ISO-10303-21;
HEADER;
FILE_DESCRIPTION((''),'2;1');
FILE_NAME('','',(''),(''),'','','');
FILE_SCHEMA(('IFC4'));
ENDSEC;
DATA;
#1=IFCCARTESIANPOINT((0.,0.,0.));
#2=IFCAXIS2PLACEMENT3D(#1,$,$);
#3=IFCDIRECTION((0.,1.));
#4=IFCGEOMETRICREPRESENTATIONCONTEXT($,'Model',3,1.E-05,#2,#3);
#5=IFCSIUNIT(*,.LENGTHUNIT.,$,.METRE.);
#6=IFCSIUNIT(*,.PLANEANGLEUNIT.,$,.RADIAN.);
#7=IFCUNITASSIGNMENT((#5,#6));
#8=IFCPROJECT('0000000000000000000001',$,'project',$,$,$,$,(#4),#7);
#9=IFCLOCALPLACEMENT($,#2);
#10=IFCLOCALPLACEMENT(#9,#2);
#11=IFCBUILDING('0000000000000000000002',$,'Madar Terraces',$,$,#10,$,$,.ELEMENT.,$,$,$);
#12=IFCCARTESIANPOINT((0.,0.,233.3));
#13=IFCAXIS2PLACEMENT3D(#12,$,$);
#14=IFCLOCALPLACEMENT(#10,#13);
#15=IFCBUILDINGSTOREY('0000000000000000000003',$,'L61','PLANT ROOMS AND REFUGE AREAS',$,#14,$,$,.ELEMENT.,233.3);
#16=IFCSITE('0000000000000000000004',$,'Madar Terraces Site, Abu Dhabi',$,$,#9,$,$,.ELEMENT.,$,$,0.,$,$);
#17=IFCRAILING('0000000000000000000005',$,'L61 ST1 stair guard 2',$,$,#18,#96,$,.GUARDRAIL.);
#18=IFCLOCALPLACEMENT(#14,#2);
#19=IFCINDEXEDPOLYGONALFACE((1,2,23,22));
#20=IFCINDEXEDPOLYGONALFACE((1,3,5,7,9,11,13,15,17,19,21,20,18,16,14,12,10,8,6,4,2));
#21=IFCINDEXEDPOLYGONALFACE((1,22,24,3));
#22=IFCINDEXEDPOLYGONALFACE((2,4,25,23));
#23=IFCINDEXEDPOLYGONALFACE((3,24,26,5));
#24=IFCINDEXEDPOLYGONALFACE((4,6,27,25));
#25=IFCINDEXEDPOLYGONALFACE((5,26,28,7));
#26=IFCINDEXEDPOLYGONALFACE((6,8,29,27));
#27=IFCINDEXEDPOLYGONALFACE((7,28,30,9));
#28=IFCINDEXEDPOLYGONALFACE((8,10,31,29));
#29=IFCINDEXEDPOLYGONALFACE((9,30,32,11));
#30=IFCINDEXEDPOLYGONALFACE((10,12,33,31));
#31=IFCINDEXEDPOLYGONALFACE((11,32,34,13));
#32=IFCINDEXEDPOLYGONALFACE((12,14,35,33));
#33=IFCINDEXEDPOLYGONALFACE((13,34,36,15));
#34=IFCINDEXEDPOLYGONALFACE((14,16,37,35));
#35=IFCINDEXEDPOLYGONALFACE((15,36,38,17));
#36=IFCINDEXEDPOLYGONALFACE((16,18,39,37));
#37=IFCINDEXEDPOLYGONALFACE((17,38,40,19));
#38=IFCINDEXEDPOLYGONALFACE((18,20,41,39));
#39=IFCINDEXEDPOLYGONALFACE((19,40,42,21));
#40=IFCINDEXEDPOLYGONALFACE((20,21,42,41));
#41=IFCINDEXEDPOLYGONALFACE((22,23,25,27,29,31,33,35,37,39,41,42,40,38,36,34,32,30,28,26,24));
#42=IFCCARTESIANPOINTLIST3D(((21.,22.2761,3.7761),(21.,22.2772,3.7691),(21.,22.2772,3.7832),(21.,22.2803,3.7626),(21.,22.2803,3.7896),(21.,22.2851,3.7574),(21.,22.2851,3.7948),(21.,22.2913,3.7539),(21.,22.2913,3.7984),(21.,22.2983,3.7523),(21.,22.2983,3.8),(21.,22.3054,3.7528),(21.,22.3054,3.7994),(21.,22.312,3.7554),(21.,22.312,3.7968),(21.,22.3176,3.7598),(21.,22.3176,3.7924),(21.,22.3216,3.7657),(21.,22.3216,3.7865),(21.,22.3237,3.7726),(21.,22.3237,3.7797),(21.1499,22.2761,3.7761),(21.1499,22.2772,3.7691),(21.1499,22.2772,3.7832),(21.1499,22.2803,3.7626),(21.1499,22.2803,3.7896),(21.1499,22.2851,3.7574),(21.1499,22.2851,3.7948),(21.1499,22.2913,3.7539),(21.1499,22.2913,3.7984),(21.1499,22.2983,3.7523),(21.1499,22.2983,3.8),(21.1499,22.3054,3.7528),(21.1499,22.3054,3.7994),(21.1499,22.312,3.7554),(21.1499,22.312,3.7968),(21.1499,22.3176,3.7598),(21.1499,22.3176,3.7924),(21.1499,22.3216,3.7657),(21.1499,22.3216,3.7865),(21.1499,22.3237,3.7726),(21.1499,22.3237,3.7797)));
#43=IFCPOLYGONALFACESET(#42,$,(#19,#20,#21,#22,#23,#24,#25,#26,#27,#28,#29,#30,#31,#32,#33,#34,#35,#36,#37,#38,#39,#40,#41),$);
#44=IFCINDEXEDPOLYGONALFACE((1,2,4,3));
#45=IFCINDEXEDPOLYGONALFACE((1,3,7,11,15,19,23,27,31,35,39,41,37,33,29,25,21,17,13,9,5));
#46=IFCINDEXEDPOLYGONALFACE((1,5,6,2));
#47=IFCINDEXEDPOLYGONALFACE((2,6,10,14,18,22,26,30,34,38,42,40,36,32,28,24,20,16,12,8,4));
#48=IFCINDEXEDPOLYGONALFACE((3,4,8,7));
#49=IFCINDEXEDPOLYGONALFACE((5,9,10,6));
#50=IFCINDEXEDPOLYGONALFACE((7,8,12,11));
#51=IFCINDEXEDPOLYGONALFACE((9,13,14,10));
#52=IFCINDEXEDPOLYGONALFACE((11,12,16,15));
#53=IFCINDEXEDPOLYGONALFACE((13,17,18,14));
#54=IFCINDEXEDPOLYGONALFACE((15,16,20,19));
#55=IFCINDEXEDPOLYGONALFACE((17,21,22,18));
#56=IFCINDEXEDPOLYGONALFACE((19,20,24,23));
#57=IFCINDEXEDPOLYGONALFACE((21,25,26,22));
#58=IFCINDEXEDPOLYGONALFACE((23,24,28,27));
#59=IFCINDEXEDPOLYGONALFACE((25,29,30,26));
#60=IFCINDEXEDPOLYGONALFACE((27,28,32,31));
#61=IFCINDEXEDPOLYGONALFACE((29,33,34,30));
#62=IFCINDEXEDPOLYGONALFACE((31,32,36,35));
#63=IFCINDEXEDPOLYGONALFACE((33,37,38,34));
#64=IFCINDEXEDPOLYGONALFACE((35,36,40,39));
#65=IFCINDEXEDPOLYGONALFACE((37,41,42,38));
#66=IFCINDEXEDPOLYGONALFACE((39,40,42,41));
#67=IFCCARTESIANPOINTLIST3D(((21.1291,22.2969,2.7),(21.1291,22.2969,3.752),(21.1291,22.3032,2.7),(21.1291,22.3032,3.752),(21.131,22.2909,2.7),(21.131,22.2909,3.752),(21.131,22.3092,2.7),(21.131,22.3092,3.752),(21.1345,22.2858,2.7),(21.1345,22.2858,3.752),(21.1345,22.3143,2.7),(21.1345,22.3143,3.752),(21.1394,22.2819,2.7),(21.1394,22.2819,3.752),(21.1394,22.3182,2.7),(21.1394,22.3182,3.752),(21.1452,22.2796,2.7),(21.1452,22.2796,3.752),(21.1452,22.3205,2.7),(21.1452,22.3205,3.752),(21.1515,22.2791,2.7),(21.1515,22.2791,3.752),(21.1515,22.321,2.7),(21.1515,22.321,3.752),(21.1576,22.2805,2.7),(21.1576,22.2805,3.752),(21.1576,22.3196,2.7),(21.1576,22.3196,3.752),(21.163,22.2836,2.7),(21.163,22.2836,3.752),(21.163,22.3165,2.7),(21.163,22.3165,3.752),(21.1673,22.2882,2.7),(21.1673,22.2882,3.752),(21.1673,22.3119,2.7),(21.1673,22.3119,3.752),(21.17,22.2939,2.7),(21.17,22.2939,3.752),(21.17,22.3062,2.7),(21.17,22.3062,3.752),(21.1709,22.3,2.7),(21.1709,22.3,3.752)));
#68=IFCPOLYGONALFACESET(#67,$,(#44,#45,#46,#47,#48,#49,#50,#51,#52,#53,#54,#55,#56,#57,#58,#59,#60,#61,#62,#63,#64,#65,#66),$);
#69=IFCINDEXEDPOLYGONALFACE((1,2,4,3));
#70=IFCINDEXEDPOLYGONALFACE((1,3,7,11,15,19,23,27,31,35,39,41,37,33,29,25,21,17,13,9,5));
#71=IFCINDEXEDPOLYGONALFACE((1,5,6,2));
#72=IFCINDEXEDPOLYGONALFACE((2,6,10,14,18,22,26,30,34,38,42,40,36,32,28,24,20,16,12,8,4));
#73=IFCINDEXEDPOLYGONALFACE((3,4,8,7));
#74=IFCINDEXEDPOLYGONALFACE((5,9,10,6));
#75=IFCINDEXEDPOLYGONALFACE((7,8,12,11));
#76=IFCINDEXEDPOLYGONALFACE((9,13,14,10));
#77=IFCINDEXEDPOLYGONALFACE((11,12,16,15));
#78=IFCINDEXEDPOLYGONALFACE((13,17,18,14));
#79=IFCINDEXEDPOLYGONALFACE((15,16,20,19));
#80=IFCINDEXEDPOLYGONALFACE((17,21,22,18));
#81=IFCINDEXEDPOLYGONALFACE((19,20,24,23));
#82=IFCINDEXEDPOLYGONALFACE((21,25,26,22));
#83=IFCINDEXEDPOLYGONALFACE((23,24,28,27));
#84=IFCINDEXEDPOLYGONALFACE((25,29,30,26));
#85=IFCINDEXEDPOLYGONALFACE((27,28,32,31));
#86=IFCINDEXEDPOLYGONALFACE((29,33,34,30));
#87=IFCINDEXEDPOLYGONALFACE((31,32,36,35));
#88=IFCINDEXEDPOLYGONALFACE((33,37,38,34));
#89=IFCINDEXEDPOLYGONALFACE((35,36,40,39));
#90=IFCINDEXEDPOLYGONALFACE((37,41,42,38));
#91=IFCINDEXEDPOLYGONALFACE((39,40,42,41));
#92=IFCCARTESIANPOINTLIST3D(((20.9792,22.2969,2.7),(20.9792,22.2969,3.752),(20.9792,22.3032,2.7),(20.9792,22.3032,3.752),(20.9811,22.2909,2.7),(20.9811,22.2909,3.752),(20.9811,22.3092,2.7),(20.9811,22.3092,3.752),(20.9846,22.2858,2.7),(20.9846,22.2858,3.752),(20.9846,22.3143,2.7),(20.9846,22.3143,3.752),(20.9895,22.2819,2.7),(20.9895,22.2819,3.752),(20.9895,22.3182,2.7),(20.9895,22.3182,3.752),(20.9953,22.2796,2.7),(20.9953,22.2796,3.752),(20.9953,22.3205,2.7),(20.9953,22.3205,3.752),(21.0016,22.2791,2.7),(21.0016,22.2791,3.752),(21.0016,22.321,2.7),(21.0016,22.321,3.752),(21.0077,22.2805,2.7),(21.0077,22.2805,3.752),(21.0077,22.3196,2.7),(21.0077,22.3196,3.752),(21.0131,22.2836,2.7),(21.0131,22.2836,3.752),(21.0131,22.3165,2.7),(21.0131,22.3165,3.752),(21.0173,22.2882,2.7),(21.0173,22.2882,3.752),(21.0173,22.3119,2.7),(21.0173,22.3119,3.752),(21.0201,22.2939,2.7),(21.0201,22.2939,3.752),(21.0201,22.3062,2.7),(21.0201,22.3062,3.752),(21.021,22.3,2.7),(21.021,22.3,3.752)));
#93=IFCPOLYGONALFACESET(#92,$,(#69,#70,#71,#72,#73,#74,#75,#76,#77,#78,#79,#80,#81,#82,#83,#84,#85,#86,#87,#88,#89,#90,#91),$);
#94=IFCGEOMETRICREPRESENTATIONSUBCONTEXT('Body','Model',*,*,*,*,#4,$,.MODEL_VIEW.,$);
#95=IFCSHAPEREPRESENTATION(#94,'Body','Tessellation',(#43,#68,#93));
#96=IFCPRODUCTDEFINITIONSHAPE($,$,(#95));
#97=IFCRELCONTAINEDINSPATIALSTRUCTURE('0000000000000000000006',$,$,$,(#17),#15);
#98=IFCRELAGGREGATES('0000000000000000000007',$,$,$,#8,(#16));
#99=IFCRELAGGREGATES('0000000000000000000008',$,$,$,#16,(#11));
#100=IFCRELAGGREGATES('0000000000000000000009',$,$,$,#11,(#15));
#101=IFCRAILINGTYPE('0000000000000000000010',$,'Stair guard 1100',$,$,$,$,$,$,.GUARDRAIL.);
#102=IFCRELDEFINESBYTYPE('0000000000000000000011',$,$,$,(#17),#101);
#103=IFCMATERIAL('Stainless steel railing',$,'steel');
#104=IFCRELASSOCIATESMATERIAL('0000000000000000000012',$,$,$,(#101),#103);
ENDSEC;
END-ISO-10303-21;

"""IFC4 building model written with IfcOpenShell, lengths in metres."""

from ifc_helpers import new_model, si_unit, direction, frame, origin, origin_2d, place, context, subcontext, project, spatial, circle, extrude, material, type_object, element, save


model = new_model("IFC4")

# Units and contexts
model_context = context("Model", 3, precision=1e-05, world=origin(), true_north=direction((0.0, 1.0)))
body_context = subcontext(model_context, "Body", "Model", "MODEL_VIEW")
ifc_project = project(units=[si_unit("LENGTHUNIT", "METRE"), si_unit("PLANEANGLEUNIT", "RADIAN")], contexts=[model_context])

# Site, building, storey
site_placement = place(None, origin())
site = spatial("IfcSite", under=ifc_project, at=site_placement, Name="Madar Terraces Site, Abu Dhabi", CompositionType="ELEMENT", RefElevation=0.0)
building_placement = place(site_placement, origin())
building = spatial("IfcBuilding", under=site, at=building_placement, Name="Madar Terraces", CompositionType="ELEMENT")
storey_placement = place(building_placement, frame((0.0, 0.0, 233.3)))
storey = spatial("IfcBuildingStorey", under=building, at=storey_placement, Name="L61", Description="PLANT ROOMS AND REFUGE AREAS", CompositionType="ELEMENT", Elevation=233.3)

# Railing
ifc_material_1 = material(Name="Stainless steel railing", Category="steel")
railing_type_1 = type_object("IfcRailingType", Name="Stair guard 1100", PredefinedType="GUARDRAIL", material=ifc_material_1)
railing_1_placement = place(storey_placement, frame((21.1499, 22.3, 2.7)))
element("IfcRailing", 1, at=railing_1_placement, inside=storey, type_object=railing_type_1, Name="L61 ST1 stair guard 2", PredefinedType="GUARDRAIL", context=body_context, shape_type="SweptSolid", body=[
    extrude(circle(Radius=0.0239, at=origin_2d()), frame((0.0, 0.0, 1.0762), z_axis=(-1.0, 0.0, 0.0), x_axis=(0.0, -1.0, 0.0)), (0.0, 0.0, 1.0), 0.1499),
    extrude(circle(Radius=0.021, at=origin_2d()), origin(), (0.0, 0.0, 1.0), 1.052),
    extrude(circle(Radius=0.021, at=origin_2d()), frame((-0.1499, 0.0, 0.0)), (0.0, 0.0, 1.0), 1.052),
])

save(model, "model.ifc")
